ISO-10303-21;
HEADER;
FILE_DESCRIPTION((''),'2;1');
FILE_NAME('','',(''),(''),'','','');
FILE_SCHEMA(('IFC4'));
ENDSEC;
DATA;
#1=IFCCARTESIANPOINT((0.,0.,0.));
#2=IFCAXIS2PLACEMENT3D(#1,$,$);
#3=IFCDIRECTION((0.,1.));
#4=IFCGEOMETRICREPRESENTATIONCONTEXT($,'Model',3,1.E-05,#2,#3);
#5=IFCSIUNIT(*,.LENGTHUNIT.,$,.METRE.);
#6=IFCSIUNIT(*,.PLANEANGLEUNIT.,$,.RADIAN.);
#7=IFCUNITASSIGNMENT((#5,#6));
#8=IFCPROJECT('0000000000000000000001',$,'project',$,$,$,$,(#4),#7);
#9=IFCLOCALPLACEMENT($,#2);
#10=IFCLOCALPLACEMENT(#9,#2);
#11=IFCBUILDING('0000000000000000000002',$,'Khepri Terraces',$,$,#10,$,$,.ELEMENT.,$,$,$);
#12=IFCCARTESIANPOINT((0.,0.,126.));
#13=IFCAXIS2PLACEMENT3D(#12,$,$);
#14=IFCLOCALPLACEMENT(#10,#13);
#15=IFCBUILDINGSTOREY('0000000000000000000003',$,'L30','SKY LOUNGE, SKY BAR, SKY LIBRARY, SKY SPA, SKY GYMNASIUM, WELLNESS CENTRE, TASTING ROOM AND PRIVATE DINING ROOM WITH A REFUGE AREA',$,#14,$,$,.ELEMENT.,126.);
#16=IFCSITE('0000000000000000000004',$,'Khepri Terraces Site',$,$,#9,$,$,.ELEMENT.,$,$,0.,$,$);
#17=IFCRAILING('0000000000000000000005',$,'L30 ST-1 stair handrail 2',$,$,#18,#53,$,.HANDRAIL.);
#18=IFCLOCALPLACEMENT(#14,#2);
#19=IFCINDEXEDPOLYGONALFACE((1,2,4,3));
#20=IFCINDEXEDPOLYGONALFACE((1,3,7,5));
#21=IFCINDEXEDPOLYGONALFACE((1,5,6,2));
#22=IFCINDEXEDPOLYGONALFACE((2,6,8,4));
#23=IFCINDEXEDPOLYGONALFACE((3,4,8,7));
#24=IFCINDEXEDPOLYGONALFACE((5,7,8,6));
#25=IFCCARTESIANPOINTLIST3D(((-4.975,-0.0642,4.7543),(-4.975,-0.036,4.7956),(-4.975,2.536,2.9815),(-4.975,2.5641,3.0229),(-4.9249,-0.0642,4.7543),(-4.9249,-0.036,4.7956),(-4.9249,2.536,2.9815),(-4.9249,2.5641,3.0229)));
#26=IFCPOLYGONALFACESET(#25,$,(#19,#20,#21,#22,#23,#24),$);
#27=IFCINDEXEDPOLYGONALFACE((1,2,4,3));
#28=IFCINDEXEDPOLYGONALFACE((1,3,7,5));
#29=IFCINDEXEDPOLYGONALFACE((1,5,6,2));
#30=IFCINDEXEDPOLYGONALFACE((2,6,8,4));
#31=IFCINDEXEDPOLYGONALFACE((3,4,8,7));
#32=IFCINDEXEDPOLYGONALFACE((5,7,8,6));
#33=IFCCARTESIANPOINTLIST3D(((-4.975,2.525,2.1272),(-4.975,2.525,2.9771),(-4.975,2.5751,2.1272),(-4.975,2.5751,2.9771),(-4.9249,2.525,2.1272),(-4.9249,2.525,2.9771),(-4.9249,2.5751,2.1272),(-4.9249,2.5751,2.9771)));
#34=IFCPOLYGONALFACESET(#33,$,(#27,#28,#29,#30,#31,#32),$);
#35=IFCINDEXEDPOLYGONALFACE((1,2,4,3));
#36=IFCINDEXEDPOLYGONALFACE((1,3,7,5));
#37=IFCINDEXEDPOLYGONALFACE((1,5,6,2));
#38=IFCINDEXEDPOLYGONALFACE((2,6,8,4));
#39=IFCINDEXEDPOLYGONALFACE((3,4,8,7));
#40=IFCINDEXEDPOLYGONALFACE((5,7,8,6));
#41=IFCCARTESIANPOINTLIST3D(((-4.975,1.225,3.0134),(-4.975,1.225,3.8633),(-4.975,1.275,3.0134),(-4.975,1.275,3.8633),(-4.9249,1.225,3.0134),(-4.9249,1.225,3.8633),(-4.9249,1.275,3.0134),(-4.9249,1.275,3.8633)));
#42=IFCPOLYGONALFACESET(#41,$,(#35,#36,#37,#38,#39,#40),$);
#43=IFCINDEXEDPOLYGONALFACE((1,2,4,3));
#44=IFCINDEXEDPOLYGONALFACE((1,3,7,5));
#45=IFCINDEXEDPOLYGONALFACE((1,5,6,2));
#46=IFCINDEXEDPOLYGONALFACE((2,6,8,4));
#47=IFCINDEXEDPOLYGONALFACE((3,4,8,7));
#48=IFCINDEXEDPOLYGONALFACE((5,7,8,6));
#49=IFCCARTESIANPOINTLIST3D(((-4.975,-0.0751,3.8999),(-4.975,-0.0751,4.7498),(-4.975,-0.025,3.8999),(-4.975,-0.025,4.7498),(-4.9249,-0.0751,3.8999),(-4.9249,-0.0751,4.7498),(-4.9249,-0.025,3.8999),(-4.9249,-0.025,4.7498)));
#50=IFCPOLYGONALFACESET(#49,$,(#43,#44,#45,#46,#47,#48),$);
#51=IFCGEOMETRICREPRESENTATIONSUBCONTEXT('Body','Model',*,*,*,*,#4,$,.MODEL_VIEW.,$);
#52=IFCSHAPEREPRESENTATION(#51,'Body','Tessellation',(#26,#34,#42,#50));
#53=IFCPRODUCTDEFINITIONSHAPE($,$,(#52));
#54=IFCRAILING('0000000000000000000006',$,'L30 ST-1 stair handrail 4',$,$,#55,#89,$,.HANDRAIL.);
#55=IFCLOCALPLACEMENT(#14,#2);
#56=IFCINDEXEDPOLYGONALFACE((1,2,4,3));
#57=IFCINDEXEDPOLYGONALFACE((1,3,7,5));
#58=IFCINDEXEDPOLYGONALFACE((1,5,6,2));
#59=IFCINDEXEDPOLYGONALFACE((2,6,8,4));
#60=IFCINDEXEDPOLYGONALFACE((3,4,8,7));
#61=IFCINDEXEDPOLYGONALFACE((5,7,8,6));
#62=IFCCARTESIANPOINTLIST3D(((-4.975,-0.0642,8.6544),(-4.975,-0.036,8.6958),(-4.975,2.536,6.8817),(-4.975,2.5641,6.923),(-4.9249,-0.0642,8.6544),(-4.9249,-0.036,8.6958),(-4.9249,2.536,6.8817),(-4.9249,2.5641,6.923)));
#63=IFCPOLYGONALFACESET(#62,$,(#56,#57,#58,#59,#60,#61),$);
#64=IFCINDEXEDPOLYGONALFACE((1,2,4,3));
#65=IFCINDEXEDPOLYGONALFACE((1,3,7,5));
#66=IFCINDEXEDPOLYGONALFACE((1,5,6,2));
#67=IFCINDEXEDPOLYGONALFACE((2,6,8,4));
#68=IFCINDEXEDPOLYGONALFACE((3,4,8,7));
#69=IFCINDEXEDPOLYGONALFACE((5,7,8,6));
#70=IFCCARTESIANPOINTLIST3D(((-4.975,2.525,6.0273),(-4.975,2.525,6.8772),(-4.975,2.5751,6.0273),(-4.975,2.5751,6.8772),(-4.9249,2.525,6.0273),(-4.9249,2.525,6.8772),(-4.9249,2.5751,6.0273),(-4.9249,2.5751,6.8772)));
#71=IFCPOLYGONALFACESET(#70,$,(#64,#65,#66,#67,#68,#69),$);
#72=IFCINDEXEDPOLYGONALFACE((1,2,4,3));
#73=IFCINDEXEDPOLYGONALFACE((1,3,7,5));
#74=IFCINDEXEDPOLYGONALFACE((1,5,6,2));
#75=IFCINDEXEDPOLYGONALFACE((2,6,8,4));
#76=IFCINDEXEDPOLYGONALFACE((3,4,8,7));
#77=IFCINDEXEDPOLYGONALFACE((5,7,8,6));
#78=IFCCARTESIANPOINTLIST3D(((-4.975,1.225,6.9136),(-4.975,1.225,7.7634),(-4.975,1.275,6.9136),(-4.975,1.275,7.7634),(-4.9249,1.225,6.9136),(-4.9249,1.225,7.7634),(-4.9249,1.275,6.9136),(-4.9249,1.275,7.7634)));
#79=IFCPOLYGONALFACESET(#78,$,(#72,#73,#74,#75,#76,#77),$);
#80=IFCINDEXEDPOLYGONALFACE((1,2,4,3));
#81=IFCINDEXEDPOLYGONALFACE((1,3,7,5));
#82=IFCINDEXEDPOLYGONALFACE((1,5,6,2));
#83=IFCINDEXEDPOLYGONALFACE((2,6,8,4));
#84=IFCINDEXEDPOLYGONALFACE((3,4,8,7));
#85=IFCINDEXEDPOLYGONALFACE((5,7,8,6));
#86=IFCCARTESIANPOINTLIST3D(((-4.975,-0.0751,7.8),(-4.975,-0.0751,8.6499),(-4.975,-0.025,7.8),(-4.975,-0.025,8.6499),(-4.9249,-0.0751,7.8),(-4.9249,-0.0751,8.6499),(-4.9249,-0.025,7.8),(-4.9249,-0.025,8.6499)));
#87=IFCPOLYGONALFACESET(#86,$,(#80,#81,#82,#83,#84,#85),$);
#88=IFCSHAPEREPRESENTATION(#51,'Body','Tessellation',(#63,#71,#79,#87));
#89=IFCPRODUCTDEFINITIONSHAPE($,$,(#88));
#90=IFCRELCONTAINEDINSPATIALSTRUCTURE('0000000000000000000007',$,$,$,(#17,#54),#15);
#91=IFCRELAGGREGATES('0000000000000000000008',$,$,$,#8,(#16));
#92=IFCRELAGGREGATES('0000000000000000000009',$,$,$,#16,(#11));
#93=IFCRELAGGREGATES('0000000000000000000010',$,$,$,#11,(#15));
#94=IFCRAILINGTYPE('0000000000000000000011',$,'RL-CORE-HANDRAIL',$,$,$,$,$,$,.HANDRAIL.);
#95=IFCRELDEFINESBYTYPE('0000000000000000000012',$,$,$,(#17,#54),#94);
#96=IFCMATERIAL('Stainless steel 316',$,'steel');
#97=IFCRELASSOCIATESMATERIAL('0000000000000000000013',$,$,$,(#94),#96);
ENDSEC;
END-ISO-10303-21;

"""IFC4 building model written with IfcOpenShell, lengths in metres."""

from ifc_helpers import new_model, si_unit, direction, frame, origin, origin_2d, place, context, subcontext, project, spatial, rectangle, extrude, material, type_object, element, save


model = new_model("IFC4")

# Units and contexts
model_context = context("Model", 3, precision=1e-05, world=origin(), true_north=direction((0.0, 1.0)))
body_context = subcontext(model_context, "Body", "Model", "MODEL_VIEW")
ifc_project = project(units=[si_unit("LENGTHUNIT", "METRE"), si_unit("PLANEANGLEUNIT", "RADIAN")], contexts=[model_context])

# Site, building, storey
site_placement = place(None, origin())
site = spatial("IfcSite", under=ifc_project, at=site_placement, Name="Khepri Terraces Site", CompositionType="ELEMENT", RefElevation=0.0)
building_placement = place(site_placement, origin())
building = spatial("IfcBuilding", under=site, at=building_placement, Name="Khepri Terraces", CompositionType="ELEMENT")
storey_placement = place(building_placement, frame((0.0, 0.0, 126.0)))
storey = spatial("IfcBuildingStorey", under=building, at=storey_placement, Name="L30", Description="SKY LOUNGE, SKY BAR, SKY LIBRARY, SKY SPA, SKY GYMNASIUM, WELLNESS CENTRE, TASTING ROOM AND PRIVATE DINING ROOM WITH A REFUGE AREA", CompositionType="ELEMENT", Elevation=126.0)

# Railings
ifc_material_1 = material(Name="Stainless steel 316", Category="steel")
railing_type = type_object("IfcRailingType", Name="RL-CORE-HANDRAIL", PredefinedType="HANDRAIL", material=ifc_material_1)
for number, where, name in (
    (1, (-4.95, 2.55, 2.1272), "L30 ST-1 stair handrail 2"),
    (2, (-4.95, 2.55, 6.0273), "L30 ST-1 stair handrail 4"),
):
    element("IfcRailing", number, at=place(storey_placement, frame(where)), inside=storey, type_object=railing_type, Name=name, PredefinedType="HANDRAIL", context=body_context, shape_type="SweptSolid", body=[
        extrude(rectangle(XDim=0.05, YDim=0.05, at=origin_2d()), frame((0.0, 0.0, 0.875), z_axis=(0.0, -0.82624, 0.563318), x_axis=(1.0, 0.0, 0.0)), (0.0, 0.0, 1.0), 3.147),
        extrude(rectangle(XDim=0.05, YDim=0.05, at=origin_2d()), origin(), (0.0, 0.0, 1.0), 0.8499),
        extrude(rectangle(XDim=0.05, YDim=0.05, at=origin_2d()), frame((0.0, -1.3, 0.8862)), (0.0, 0.0, 1.0), 0.8499),
        extrude(rectangle(XDim=0.05, YDim=0.05, at=origin_2d()), frame((0.0, -2.6001, 1.7727)), (0.0, 0.0, 1.0), 0.8499),
    ])

save(model, "model.ifc")
